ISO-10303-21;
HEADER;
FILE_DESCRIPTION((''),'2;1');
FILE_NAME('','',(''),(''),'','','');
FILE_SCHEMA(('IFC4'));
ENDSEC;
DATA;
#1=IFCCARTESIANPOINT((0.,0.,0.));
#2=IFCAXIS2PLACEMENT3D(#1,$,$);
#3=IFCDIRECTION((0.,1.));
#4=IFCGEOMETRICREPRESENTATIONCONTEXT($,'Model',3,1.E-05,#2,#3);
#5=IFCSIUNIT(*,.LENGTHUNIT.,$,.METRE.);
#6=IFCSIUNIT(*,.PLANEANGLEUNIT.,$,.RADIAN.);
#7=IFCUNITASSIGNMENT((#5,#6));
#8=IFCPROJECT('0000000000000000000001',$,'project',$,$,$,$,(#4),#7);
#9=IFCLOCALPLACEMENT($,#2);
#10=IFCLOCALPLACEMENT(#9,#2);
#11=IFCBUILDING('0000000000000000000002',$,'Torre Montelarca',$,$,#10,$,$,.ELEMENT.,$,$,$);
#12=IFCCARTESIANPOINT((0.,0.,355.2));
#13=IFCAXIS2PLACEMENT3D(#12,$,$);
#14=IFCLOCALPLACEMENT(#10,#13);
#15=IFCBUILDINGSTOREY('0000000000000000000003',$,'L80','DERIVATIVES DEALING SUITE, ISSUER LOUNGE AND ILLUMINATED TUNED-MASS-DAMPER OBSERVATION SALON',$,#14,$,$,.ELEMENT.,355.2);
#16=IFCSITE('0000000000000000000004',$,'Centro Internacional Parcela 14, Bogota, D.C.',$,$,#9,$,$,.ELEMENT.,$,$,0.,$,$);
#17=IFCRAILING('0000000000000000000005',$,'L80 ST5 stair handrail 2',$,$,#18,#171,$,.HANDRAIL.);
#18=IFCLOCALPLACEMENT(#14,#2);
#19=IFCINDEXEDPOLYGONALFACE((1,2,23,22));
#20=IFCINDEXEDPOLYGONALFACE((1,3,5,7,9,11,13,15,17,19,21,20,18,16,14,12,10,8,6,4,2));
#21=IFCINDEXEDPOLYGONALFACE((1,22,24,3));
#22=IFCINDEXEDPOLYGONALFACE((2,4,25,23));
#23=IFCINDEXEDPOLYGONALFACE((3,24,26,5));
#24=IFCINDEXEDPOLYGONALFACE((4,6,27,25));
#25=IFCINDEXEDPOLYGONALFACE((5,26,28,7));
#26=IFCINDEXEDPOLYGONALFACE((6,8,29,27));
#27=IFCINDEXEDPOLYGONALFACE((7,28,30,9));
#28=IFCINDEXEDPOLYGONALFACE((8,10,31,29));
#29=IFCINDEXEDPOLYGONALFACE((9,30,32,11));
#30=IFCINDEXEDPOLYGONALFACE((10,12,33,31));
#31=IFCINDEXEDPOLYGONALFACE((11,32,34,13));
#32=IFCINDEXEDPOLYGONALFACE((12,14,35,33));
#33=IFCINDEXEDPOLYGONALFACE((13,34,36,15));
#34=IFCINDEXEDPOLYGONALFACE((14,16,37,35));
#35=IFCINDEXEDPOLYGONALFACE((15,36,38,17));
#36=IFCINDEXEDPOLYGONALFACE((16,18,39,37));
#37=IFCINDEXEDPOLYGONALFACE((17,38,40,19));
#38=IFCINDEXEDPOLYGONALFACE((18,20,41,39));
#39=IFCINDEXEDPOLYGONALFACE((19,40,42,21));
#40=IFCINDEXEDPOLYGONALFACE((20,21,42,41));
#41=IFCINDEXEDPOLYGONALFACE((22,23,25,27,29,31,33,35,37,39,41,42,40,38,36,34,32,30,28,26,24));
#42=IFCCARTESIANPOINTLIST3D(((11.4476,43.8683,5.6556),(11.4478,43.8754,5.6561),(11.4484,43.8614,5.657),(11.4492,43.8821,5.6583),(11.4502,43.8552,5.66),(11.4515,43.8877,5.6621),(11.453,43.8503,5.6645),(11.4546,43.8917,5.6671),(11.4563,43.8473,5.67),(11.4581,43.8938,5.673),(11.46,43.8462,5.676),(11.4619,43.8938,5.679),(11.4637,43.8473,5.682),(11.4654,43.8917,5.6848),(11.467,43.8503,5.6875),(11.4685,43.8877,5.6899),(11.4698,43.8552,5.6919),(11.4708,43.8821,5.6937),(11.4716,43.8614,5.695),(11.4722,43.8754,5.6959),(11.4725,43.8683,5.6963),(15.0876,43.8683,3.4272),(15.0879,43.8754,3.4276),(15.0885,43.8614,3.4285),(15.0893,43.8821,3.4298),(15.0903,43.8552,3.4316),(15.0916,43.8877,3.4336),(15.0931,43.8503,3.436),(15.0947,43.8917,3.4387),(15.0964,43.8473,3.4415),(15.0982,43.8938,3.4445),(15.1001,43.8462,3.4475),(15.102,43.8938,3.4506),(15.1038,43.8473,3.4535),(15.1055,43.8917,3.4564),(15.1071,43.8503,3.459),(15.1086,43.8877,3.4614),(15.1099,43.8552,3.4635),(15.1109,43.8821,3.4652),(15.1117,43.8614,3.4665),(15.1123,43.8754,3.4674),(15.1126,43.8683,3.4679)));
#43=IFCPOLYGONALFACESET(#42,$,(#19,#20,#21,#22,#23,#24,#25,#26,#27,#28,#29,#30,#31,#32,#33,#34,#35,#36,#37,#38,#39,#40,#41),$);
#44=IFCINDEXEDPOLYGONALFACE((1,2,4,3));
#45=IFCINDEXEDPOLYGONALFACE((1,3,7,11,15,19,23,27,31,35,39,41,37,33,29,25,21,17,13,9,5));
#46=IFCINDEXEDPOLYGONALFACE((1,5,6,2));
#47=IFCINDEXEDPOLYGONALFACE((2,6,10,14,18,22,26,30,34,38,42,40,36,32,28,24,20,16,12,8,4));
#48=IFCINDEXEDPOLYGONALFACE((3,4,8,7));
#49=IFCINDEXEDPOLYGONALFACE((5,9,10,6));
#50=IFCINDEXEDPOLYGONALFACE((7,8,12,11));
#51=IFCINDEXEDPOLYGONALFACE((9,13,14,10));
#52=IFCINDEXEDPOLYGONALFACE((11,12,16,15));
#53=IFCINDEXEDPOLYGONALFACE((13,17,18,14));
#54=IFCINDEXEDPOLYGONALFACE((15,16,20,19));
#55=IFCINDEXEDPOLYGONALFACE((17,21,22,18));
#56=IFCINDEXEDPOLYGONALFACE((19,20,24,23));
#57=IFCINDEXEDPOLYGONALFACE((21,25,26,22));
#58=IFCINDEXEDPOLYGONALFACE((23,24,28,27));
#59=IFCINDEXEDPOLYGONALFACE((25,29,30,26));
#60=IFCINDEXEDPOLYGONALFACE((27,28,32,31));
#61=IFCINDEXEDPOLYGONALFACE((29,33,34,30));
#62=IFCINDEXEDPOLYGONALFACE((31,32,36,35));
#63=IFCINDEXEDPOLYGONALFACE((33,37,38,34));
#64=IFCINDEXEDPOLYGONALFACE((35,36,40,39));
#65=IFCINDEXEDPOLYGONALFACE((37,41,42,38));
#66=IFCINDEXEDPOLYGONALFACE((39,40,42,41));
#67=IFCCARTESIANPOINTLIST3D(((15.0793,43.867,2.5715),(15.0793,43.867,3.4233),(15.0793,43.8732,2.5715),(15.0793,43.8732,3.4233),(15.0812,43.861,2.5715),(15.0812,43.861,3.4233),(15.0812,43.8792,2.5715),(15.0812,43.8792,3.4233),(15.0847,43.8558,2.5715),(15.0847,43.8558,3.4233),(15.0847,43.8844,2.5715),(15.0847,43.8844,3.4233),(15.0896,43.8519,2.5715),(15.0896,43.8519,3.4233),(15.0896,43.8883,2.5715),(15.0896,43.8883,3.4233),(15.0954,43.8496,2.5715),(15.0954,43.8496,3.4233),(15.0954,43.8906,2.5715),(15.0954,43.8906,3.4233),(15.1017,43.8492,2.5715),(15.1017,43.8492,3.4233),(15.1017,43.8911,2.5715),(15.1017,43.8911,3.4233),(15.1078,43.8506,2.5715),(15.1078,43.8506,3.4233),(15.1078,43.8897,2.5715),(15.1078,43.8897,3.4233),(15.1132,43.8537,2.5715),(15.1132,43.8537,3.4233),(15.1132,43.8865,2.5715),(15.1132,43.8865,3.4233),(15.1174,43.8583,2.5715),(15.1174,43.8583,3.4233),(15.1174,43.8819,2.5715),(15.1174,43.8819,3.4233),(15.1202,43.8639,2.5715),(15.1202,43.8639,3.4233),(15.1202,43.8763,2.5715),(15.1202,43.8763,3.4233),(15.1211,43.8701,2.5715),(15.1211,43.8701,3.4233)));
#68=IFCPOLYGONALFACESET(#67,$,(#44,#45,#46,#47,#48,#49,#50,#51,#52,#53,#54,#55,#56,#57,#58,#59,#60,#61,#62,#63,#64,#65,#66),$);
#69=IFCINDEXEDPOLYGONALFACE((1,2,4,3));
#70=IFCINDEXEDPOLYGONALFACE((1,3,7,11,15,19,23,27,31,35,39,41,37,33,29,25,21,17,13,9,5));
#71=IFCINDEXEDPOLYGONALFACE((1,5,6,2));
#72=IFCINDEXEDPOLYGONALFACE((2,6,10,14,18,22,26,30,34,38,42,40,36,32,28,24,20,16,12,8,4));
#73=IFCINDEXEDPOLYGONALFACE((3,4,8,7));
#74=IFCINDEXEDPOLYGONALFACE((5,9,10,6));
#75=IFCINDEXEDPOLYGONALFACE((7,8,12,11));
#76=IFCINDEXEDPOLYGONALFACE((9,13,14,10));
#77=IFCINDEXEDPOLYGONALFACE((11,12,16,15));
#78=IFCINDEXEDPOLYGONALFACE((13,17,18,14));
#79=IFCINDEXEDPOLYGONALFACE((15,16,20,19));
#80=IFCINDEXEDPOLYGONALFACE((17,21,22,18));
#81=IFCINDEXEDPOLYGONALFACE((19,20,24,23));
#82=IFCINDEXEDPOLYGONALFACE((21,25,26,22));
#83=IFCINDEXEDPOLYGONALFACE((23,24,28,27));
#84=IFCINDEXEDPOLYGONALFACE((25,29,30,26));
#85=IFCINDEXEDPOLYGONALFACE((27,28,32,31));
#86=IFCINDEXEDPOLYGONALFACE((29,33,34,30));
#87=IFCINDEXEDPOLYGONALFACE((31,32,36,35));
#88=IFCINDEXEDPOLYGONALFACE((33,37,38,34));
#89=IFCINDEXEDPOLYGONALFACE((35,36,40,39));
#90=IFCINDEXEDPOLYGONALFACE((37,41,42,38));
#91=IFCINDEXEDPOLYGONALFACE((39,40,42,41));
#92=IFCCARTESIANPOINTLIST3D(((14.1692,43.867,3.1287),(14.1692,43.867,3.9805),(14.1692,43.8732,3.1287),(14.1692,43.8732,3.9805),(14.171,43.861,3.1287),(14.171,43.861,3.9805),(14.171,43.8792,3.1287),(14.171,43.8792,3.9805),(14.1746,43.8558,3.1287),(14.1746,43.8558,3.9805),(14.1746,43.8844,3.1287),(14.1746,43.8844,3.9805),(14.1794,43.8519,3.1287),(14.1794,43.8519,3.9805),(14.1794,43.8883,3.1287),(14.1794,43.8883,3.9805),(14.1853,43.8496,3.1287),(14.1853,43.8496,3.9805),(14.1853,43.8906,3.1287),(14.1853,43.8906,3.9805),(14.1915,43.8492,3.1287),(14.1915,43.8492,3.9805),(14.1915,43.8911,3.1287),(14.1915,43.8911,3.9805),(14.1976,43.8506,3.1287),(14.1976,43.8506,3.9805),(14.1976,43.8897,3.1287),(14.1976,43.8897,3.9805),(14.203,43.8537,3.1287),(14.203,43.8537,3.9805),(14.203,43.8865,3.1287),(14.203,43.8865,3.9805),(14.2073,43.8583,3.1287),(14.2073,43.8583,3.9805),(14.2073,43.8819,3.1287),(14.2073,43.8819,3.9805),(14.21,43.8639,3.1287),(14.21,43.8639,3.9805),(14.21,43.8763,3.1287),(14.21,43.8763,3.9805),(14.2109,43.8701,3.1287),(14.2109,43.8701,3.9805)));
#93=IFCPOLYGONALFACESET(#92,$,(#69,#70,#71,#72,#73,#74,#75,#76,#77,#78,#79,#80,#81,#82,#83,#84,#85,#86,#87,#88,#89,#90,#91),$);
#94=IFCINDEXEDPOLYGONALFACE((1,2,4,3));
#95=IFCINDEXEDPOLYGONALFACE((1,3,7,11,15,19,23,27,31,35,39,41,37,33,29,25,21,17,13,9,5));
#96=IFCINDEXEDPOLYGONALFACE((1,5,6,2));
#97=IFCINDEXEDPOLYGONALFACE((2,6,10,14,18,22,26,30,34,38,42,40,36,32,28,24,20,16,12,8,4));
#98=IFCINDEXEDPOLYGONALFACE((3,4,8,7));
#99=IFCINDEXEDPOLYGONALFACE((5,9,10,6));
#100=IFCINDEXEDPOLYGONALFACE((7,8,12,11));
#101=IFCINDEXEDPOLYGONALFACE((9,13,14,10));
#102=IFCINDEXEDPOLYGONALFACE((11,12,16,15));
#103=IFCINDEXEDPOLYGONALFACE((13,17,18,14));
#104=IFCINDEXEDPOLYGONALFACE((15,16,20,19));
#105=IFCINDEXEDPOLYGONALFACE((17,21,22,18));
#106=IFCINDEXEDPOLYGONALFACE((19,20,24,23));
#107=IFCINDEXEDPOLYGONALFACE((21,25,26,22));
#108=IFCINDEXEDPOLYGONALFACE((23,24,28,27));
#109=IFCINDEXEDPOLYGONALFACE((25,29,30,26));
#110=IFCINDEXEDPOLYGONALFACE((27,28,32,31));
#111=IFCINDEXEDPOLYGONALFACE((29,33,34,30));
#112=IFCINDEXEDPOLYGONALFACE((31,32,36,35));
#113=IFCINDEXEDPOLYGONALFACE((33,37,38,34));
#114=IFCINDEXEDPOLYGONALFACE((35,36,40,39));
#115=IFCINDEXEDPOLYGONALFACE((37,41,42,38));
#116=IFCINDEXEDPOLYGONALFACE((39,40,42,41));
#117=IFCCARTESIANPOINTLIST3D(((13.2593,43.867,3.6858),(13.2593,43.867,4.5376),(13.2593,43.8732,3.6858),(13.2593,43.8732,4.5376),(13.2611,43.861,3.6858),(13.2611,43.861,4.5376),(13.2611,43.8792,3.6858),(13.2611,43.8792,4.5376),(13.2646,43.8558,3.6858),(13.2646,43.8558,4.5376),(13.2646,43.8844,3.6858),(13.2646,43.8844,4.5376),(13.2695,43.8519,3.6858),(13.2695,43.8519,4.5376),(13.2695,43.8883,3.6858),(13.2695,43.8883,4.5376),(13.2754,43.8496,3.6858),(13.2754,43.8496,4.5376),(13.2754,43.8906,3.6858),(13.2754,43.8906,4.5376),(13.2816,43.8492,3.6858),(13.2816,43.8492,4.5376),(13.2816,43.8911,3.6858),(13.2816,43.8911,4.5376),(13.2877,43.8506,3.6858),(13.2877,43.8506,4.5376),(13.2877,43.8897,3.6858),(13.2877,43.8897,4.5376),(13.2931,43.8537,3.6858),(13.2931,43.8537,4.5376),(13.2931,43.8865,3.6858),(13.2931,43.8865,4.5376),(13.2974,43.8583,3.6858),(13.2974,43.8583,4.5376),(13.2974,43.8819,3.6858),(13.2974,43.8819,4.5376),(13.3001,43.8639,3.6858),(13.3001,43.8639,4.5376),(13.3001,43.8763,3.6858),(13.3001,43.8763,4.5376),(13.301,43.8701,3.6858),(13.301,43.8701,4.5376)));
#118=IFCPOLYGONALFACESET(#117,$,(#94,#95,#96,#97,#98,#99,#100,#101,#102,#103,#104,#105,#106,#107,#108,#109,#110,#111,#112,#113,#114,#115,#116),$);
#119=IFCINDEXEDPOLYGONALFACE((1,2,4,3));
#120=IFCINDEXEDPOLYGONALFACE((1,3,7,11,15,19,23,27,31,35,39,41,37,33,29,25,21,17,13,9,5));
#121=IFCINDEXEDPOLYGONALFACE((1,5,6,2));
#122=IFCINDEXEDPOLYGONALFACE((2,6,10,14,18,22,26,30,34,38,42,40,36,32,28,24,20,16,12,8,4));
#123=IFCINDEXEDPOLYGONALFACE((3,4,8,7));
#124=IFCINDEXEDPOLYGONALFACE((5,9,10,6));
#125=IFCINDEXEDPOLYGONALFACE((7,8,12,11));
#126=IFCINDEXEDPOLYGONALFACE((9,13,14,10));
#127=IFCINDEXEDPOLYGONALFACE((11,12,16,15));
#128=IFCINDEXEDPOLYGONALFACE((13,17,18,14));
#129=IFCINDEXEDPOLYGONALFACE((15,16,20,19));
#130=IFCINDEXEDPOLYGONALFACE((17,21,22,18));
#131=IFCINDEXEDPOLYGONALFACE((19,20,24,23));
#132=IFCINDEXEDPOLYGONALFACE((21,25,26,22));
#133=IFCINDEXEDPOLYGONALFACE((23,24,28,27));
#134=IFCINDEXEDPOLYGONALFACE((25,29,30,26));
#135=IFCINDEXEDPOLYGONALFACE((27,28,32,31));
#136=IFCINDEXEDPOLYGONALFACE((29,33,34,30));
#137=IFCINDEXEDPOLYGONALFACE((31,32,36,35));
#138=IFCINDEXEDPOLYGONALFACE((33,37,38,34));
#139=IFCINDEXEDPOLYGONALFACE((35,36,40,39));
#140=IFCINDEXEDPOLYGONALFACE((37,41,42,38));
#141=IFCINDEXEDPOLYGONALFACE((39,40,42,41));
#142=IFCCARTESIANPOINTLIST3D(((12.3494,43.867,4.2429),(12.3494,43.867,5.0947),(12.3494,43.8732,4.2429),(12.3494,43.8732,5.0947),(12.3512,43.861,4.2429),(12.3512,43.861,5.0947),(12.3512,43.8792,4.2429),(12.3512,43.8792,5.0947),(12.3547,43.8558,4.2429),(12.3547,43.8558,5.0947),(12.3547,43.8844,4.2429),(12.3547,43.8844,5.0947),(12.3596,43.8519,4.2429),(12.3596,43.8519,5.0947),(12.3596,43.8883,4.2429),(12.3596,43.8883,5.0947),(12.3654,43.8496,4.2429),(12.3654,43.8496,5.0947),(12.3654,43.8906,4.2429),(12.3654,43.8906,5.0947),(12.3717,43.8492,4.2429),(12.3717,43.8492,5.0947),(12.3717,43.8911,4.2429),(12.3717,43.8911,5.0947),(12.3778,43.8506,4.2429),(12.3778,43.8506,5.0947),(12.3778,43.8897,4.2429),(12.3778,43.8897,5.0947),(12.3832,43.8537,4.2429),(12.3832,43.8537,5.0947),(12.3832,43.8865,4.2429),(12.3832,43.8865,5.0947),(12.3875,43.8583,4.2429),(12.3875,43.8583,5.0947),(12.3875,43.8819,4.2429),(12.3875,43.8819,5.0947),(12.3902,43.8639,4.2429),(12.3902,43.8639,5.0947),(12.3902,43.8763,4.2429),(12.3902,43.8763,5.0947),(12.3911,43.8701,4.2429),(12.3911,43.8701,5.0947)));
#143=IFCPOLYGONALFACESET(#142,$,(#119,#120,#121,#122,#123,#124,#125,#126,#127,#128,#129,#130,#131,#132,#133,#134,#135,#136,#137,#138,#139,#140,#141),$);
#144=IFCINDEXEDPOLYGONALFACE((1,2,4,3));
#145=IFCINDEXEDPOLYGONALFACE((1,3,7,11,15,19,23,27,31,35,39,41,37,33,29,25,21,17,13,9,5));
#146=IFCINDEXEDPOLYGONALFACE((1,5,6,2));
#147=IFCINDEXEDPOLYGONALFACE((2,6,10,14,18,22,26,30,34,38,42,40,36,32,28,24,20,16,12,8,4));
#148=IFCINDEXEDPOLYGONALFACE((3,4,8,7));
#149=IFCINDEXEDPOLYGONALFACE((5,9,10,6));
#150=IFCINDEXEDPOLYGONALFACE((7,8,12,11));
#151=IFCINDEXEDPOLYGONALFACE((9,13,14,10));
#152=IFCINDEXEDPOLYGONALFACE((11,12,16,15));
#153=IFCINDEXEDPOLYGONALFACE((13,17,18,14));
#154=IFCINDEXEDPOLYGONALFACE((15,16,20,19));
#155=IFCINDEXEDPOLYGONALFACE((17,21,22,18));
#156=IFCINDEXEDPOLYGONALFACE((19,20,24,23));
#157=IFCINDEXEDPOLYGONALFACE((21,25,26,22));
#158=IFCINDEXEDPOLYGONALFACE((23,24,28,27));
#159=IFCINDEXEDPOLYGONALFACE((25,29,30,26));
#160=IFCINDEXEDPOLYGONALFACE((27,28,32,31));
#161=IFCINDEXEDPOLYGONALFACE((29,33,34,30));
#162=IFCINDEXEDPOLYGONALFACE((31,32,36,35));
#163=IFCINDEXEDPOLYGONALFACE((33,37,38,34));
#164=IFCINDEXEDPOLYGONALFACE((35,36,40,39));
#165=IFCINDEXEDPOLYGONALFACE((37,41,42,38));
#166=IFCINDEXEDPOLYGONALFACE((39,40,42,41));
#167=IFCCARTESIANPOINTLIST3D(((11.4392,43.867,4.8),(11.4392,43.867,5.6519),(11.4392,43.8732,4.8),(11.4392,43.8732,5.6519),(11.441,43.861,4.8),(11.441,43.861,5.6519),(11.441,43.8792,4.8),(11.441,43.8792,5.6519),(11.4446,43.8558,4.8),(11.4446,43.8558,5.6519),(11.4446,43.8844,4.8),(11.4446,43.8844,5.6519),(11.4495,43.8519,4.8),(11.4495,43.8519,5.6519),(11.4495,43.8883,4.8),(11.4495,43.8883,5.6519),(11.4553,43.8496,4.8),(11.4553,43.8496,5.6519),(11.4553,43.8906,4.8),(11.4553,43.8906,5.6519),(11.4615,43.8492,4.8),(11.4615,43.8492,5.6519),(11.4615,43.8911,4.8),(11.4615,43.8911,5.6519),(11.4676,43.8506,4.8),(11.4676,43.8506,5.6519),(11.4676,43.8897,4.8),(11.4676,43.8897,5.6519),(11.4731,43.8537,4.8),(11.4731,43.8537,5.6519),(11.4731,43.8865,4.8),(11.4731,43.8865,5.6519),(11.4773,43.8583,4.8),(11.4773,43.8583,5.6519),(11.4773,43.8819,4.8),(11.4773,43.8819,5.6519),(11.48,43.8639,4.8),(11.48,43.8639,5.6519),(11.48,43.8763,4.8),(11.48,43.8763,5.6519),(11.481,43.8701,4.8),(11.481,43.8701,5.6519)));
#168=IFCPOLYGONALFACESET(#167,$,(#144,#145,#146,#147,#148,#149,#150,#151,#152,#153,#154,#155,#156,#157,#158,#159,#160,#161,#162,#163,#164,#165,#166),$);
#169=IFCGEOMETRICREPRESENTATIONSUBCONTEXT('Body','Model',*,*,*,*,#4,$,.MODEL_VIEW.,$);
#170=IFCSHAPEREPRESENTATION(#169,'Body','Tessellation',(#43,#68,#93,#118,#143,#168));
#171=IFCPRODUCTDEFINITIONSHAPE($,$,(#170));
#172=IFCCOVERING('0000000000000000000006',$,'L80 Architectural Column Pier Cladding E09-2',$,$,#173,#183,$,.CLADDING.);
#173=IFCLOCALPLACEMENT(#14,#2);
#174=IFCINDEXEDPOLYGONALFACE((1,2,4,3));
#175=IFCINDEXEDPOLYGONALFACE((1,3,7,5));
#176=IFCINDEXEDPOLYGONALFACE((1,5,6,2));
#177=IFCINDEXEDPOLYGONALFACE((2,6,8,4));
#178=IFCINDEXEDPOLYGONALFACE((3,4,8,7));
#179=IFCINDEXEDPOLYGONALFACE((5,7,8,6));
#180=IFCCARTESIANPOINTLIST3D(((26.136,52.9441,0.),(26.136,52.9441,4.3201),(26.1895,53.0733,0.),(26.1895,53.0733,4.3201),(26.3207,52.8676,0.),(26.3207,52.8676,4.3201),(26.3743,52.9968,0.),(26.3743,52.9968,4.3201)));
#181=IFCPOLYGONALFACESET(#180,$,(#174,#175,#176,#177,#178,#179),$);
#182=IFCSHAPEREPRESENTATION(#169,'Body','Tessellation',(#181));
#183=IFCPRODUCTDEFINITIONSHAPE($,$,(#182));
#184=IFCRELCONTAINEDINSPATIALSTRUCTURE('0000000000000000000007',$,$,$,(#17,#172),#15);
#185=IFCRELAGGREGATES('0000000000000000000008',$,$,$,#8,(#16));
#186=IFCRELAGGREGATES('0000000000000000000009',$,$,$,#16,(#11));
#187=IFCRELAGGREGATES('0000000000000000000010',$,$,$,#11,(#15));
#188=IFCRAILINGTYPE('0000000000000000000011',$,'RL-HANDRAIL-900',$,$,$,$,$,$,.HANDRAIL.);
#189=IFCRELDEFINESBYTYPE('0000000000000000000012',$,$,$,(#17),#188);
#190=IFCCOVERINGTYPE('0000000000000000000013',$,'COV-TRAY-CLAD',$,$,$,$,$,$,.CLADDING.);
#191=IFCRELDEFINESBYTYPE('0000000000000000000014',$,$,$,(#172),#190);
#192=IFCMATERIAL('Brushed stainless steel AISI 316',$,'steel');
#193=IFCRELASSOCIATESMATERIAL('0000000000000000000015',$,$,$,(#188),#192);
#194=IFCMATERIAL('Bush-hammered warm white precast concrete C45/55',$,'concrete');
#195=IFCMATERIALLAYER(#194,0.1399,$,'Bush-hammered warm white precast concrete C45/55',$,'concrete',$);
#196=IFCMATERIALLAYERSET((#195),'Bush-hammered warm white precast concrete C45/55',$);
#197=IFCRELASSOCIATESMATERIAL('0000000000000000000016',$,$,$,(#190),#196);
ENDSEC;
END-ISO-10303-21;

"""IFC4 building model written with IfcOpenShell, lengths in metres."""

from ifc_helpers import new_model, si_unit, direction, frame, origin, origin_2d, place, context, subcontext, project, spatial, rectangle, circle, extrude, source, transform, mapped, material, layer, layer_set, type_object, element, save


model = new_model("IFC4")

# Units and contexts
model_context = context("Model", 3, precision=1e-05, world=origin(), true_north=direction((0.0, 1.0)))
body_context = subcontext(model_context, "Body", "Model", "MODEL_VIEW")
ifc_project = project(units=[si_unit("LENGTHUNIT", "METRE"), si_unit("PLANEANGLEUNIT", "RADIAN")], contexts=[model_context])

# Site, building, storey
site_placement = place(None, origin())
site = spatial("IfcSite", under=ifc_project, at=site_placement, Name="Centro Internacional Parcela 14, Bogota, D.C.", CompositionType="ELEMENT", RefElevation=0.0)
building_placement = place(site_placement, origin())
building = spatial("IfcBuilding", under=site, at=building_placement, Name="Torre Montelarca", CompositionType="ELEMENT")
storey_placement = place(building_placement, frame((0.0, 0.0, 355.2)))
storey = spatial("IfcBuildingStorey", under=building, at=storey_placement, Name="L80", Description="DERIVATIVES DEALING SUITE, ISSUER LOUNGE AND ILLUMINATED TUNED-MASS-DAMPER OBSERVATION SALON", CompositionType="ELEMENT", Elevation=355.2)

# Railing
ifc_material_1 = material(Name="Brushed stainless steel AISI 316", Category="steel")
railing_type_1 = type_object("IfcRailingType", Name="RL-HANDRAIL-900", PredefinedType="HANDRAIL", material=ifc_material_1)
railing_1_placement = place(storey_placement, frame((15.1001, 43.8701, 2.5715)))
element("IfcRailing", 1, at=railing_1_placement, inside=storey, type_object=railing_type_1, Name="L80 ST5 stair handrail 2", PredefinedType="HANDRAIL", context=body_context, shape_type="SweptSolid", body=[
    extrude(circle(Radius=0.0239, at=origin_2d()), frame((0.0, 0.0, 0.876), z_axis=(-0.852866, 0.0, 0.52213), x_axis=(0.0, -1.0, 0.0)), (0.0, 0.0, 1.0), 4.2681),
    extrude(circle(Radius=0.021, at=origin_2d()), origin(), (0.0, 0.0, 1.0), 0.8518),
    extrude(circle(Radius=0.021, at=origin_2d()), frame((-0.9102, 0.0, 0.5571)), (0.0, 0.0, 1.0), 0.8518),
    extrude(circle(Radius=0.021, at=origin_2d()), frame((-1.8201, 0.0, 1.1143)), (0.0, 0.0, 1.0), 0.8518),
    extrude(circle(Radius=0.021, at=origin_2d()), frame((-2.73, 0.0, 1.6714)), (0.0, 0.0, 1.0), 0.8518),
    extrude(circle(Radius=0.021, at=origin_2d()), frame((-3.6401, 0.0, 2.2285)), (0.0, 0.0, 1.0), 0.8518),
])

# Covering
ifc_material_2 = material(Name="Bush-hammered warm white precast concrete C45/55", Category="concrete")
ifc_layer_1 = layer(ifc_material_2, 0.1399, Name="Bush-hammered warm white precast concrete C45/55", Category="concrete")
ifc_layer_set_1 = layer_set([ifc_layer_1], Name="Bush-hammered warm white precast concrete C45/55")
covering_type = type_object("IfcCoveringType", Name="COV-TRAY-CLAD", PredefinedType="CLADDING", material=ifc_layer_set_1)
shared_shape_1 = source(origin(), body_context, "Body", "SweptSolid", [
    extrude(rectangle(XDim=0.2, YDim=0.1399, at=origin_2d()), origin(), (0.0, 0.0, 1.0), 4.3201),
])
covering_placement = place(storey_placement, frame((26.2551, 52.9705, 0.0), z_axis=(0.0, 0.0, 1.0), x_axis=(-0.923881, 0.38268, 0.0)))
element("IfcCovering", 2, at=covering_placement, inside=storey, type_object=covering_type, Name="L80 Architectural Column Pier Cladding E09-2", PredefinedType="CLADDING", context=body_context, shape_type="MappedRepresentation", body=[
    mapped(shared_shape_1, transform((0.0, 0.0, 0.0), scale=1.0)),
])

save(model, "model.ifc")
